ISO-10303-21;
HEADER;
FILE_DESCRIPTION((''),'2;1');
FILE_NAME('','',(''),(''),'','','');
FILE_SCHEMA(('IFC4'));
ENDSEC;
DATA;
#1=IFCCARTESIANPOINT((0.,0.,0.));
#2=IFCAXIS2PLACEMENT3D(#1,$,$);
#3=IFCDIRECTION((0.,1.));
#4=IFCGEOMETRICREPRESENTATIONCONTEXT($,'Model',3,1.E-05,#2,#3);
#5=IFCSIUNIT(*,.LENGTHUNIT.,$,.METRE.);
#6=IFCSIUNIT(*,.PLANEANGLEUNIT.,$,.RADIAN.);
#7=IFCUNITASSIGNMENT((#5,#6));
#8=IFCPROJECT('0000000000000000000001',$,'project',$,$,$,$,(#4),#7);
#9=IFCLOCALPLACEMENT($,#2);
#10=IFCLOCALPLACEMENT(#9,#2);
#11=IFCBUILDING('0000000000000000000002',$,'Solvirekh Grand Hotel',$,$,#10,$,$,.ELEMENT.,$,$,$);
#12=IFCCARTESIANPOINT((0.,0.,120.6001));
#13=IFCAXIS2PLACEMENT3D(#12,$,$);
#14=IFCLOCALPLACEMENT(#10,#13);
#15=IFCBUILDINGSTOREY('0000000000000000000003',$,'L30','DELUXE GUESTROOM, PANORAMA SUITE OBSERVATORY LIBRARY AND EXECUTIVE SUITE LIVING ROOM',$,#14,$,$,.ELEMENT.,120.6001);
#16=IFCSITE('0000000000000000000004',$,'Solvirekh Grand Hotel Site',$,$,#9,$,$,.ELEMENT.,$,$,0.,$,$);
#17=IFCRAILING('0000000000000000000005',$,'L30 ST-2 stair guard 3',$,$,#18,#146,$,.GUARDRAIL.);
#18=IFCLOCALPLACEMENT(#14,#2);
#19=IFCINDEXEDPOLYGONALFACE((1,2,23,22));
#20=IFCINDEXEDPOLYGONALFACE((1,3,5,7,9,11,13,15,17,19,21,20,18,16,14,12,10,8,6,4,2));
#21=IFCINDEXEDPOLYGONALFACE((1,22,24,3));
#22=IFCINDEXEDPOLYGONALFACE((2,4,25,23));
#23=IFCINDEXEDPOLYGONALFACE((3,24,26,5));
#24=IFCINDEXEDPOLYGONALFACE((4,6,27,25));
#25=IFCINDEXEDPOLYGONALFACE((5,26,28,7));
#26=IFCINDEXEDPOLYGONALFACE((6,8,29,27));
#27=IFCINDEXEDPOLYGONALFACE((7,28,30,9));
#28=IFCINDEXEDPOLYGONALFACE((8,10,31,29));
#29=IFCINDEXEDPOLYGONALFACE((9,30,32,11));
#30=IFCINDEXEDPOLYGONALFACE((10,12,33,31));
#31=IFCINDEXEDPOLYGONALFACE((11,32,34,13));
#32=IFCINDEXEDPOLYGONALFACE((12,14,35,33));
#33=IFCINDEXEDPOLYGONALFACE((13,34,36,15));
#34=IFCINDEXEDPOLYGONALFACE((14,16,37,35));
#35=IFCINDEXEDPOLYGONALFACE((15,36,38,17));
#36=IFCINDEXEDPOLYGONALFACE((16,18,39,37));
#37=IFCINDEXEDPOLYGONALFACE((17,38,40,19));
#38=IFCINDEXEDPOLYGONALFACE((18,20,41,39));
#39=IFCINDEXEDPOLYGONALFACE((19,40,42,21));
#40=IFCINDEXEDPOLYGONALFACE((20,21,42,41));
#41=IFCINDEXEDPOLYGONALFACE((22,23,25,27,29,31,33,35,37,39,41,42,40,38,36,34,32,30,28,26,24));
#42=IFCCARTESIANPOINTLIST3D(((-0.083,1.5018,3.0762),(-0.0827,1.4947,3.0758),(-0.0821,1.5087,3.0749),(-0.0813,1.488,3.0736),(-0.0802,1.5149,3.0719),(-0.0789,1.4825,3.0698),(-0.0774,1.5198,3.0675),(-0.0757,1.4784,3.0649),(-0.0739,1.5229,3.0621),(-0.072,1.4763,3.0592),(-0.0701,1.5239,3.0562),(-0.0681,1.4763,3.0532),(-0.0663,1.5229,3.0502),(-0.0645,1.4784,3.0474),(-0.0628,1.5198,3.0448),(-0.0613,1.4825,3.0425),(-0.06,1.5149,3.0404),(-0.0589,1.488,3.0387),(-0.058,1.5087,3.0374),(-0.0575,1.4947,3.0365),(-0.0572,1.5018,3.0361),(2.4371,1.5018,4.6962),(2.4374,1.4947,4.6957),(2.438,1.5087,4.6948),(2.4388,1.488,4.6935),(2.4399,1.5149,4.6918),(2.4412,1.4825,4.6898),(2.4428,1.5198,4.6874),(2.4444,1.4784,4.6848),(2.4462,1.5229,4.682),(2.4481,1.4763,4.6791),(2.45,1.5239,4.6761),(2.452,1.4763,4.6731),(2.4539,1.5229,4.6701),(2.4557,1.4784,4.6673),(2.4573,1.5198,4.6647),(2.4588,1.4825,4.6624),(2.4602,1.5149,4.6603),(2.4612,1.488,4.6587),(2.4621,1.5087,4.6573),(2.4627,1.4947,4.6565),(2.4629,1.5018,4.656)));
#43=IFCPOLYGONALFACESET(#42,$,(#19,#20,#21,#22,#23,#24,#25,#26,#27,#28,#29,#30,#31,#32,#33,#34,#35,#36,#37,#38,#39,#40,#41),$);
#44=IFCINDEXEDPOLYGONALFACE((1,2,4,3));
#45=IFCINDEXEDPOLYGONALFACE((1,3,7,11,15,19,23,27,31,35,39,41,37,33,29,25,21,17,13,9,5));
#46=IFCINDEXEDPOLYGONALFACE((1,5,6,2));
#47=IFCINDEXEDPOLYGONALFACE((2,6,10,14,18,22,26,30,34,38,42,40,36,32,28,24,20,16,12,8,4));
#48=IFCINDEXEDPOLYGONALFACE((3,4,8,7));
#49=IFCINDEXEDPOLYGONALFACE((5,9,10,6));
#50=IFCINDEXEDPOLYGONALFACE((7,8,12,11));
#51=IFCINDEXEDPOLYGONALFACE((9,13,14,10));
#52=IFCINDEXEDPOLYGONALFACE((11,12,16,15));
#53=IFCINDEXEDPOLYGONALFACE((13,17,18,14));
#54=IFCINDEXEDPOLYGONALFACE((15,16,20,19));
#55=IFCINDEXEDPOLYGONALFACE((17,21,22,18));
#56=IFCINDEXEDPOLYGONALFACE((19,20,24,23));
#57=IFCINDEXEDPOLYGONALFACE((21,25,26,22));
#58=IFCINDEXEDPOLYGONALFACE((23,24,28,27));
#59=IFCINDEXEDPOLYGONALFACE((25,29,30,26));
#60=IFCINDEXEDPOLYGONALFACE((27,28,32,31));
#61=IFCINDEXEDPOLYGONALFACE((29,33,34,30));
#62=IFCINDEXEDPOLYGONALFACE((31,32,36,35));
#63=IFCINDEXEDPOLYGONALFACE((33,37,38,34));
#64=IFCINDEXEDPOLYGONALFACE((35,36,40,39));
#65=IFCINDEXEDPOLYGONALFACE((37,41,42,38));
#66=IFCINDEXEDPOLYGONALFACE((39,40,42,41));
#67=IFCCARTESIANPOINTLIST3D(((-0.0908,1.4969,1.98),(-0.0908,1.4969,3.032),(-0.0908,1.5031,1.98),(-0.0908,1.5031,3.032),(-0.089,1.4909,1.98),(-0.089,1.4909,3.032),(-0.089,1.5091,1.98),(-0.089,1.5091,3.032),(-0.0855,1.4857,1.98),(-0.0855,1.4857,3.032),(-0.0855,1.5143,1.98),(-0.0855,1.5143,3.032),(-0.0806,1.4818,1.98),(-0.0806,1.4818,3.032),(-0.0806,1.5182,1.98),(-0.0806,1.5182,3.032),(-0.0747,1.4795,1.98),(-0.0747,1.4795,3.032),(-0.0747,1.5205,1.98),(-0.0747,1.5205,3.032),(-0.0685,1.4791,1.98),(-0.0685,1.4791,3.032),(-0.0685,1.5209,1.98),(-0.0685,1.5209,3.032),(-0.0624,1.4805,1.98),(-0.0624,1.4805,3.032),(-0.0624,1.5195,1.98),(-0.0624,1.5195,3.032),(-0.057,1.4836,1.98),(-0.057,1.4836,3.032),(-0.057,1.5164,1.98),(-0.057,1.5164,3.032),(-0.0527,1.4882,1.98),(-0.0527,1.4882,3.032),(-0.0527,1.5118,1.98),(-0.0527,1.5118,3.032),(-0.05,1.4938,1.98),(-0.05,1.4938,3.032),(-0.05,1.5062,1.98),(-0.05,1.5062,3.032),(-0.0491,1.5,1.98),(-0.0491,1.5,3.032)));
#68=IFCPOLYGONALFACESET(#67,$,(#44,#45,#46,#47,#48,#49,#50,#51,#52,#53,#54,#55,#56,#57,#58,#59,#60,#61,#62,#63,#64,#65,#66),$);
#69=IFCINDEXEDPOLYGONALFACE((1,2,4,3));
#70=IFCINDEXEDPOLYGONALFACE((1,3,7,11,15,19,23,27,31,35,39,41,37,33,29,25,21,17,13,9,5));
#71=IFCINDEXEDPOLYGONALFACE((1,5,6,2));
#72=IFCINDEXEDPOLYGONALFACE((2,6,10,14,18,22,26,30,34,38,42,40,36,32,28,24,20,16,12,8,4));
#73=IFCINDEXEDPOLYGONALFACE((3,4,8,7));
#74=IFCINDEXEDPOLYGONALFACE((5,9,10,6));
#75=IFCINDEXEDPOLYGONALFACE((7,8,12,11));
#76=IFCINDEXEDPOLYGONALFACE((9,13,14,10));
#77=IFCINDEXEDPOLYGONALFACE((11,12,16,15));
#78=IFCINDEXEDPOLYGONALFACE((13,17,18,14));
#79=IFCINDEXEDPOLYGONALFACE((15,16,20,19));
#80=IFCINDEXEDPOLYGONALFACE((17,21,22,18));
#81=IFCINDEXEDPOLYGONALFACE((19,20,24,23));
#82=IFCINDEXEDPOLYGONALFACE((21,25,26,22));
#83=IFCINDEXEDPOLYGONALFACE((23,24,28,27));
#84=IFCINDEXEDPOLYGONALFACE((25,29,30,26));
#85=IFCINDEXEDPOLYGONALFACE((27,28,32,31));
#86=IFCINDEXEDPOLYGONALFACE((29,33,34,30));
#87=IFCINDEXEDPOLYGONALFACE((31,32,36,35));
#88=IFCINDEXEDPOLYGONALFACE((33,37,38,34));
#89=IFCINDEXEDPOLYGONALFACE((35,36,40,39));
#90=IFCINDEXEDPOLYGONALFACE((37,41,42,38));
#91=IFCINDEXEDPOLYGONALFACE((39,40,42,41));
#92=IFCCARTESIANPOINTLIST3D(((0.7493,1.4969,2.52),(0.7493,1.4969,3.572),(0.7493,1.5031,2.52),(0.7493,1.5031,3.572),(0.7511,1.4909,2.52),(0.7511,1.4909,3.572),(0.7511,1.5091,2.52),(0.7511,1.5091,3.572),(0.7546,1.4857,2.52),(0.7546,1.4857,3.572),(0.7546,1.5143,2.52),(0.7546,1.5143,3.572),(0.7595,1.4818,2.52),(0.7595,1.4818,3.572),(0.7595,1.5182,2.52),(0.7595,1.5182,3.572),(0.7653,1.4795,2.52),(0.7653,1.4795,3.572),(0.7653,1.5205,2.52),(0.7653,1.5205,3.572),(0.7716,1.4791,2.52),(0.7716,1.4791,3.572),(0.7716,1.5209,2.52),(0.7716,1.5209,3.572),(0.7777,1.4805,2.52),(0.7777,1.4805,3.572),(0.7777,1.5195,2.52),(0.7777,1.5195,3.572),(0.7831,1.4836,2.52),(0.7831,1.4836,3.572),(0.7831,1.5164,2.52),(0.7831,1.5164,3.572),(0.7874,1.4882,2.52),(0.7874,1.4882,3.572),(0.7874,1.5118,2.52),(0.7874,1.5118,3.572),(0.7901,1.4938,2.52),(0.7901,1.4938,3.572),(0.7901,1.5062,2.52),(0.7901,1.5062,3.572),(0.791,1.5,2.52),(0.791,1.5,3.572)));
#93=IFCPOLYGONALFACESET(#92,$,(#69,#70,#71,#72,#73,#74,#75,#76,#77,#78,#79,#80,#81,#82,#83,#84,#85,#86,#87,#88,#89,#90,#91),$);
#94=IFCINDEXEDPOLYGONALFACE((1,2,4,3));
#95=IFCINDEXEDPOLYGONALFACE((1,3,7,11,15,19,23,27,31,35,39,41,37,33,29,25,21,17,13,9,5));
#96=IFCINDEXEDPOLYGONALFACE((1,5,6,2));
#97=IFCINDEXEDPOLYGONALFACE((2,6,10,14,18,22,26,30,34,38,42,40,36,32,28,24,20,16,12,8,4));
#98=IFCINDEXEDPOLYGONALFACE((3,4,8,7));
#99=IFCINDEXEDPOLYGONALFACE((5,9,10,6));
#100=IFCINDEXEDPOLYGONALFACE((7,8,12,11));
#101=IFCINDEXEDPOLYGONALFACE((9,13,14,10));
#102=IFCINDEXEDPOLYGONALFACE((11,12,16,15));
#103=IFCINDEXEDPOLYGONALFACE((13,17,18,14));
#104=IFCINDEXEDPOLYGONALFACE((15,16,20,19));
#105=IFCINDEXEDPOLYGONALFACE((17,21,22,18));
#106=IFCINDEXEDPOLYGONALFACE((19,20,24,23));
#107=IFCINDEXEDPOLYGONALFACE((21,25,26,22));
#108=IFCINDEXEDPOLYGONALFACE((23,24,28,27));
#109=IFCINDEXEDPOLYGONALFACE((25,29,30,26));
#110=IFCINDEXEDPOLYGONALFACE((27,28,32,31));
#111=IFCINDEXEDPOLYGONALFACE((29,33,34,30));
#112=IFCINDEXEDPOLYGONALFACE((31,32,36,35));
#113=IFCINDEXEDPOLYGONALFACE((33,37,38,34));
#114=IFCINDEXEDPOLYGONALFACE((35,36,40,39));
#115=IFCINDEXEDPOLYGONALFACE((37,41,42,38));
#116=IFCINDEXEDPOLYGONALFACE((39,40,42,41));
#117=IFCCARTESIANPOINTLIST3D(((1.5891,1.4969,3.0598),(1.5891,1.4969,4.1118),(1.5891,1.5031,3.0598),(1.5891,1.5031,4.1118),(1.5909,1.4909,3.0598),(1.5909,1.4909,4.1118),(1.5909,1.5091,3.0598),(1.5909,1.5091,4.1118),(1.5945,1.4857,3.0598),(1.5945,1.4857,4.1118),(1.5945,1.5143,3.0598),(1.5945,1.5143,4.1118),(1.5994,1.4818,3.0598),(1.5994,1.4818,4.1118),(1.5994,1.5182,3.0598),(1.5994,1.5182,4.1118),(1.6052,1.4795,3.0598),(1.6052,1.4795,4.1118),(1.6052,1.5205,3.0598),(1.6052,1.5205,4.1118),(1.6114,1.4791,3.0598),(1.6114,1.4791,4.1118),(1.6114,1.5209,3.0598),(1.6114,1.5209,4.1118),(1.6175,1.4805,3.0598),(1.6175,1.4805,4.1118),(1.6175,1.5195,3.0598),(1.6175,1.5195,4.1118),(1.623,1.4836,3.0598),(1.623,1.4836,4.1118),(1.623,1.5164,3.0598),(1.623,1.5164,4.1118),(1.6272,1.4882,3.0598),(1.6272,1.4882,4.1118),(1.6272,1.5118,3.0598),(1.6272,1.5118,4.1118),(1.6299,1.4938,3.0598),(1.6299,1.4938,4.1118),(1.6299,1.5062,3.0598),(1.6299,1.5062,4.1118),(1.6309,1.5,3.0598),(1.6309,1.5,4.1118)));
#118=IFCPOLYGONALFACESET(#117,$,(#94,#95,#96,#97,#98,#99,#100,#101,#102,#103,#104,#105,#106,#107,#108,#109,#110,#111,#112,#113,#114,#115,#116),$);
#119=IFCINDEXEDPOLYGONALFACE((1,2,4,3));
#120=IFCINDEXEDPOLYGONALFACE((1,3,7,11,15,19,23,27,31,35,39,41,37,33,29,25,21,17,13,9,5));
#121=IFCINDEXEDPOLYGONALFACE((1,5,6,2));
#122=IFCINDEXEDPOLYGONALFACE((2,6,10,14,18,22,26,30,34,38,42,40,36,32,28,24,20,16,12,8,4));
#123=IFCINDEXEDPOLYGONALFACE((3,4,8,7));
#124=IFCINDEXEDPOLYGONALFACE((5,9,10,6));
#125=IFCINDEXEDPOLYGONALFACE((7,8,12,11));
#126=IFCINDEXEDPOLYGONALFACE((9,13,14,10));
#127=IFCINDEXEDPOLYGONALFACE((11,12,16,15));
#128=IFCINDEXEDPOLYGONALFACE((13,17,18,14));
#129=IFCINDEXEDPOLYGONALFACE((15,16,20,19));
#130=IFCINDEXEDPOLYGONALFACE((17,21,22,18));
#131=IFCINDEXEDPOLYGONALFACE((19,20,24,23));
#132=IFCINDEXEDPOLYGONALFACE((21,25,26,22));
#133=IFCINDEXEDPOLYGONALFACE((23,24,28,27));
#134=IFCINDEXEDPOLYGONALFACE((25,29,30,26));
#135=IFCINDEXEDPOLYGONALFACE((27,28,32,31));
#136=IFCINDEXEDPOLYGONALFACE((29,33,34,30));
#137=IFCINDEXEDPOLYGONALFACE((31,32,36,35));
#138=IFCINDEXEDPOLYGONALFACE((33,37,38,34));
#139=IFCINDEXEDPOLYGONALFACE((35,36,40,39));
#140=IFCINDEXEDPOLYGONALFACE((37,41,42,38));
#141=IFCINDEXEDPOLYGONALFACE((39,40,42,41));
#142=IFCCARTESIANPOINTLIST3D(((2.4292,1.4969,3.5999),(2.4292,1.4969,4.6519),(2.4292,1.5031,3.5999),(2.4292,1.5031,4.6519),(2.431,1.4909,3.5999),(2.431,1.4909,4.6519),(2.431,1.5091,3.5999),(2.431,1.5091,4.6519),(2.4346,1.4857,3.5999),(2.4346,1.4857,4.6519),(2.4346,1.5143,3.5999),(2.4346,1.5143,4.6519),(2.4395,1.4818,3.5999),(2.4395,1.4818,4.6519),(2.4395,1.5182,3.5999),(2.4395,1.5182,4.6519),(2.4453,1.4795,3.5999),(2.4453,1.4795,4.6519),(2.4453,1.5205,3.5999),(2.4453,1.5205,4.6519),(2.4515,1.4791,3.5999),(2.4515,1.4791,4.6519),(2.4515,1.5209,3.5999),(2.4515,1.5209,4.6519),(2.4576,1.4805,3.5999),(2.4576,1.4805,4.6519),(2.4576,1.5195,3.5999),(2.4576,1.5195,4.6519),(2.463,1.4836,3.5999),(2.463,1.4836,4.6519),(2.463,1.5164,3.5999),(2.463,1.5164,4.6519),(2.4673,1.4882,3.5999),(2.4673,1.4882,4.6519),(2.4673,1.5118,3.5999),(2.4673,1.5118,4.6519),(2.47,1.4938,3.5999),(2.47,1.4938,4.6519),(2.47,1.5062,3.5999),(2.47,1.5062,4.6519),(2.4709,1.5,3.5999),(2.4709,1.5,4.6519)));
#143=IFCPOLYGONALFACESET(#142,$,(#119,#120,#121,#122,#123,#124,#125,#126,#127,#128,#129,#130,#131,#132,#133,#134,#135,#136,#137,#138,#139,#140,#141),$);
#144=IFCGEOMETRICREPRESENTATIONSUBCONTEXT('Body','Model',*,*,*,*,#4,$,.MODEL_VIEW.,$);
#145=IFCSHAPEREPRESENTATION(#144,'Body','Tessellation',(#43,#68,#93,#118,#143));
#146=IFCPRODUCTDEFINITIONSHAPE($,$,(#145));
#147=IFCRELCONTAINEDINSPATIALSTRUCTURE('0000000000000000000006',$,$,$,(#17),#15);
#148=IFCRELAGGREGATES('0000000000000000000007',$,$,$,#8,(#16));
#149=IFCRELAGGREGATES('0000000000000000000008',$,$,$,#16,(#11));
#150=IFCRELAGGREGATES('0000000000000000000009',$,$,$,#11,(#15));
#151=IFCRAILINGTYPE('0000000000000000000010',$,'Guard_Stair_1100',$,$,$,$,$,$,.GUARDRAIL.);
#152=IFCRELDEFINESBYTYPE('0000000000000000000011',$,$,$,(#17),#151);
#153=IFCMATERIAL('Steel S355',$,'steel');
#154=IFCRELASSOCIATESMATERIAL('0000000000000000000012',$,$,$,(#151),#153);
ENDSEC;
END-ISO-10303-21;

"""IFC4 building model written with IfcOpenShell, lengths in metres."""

from ifc_helpers import new_model, si_unit, direction, frame, origin, origin_2d, place, context, subcontext, project, spatial, circle, extrude, material, type_object, element, save


model = new_model("IFC4")

# Units and contexts
model_context = context("Model", 3, precision=1e-05, world=origin(), true_north=direction((0.0, 1.0)))
body_context = subcontext(model_context, "Body", "Model", "MODEL_VIEW")
ifc_project = project(units=[si_unit("LENGTHUNIT", "METRE"), si_unit("PLANEANGLEUNIT", "RADIAN")], contexts=[model_context])

# Site, building, storey
site_placement = place(None, origin())
site = spatial("IfcSite", under=ifc_project, at=site_placement, Name="Solvirekh Grand Hotel Site", CompositionType="ELEMENT", RefElevation=0.0)
building_placement = place(site_placement, origin())
building = spatial("IfcBuilding", under=site, at=building_placement, Name="Solvirekh Grand Hotel", CompositionType="ELEMENT")
storey_placement = place(building_placement, frame((0.0, 0.0, 120.6001)))
storey = spatial("IfcBuildingStorey", under=building, at=storey_placement, Name="L30", Description="DELUXE GUESTROOM, PANORAMA SUITE OBSERVATORY LIBRARY AND EXECUTIVE SUITE LIVING ROOM", CompositionType="ELEMENT", Elevation=120.6001)

# Shared definitions
ifc_material_1 = material(Name="Steel S355", Category="steel")

# Railing
railing_type = type_object("IfcRailingType", Name="Guard_Stair_1100", PredefinedType="GUARDRAIL", material=ifc_material_1)
railing_1_placement = place(storey_placement, frame((-0.0701, 1.5, 1.98)))
element("IfcRailing", 1, at=railing_1_placement, inside=storey, type_object=railing_type, Name="L30 ST-2 stair guard 3", PredefinedType="GUARDRAIL", context=body_context, shape_type="SweptSolid", body=[
    extrude(circle(Radius=0.0239, at=origin_2d()), frame((0.0, 0.0, 1.0762), z_axis=(0.8412, 0.0, 0.540725), x_axis=(0.0, 1.0, 0.0)), (0.0, 0.0, 1.0), 2.9958),
    extrude(circle(Radius=0.021, at=origin_2d()), origin(), (0.0, 0.0, 1.0), 1.052),
    extrude(circle(Radius=0.021, at=origin_2d()), frame((0.8401, 0.0, 0.54)), (0.0, 0.0, 1.0), 1.052),
    extrude(circle(Radius=0.021, at=origin_2d()), frame((1.6799, 0.0, 1.0798)), (0.0, 0.0, 1.0), 1.052),
    extrude(circle(Radius=0.021, at=origin_2d()), frame((2.52, 0.0, 1.6199)), (0.0, 0.0, 1.0), 1.052),
])

save(model, "model.ifc")
